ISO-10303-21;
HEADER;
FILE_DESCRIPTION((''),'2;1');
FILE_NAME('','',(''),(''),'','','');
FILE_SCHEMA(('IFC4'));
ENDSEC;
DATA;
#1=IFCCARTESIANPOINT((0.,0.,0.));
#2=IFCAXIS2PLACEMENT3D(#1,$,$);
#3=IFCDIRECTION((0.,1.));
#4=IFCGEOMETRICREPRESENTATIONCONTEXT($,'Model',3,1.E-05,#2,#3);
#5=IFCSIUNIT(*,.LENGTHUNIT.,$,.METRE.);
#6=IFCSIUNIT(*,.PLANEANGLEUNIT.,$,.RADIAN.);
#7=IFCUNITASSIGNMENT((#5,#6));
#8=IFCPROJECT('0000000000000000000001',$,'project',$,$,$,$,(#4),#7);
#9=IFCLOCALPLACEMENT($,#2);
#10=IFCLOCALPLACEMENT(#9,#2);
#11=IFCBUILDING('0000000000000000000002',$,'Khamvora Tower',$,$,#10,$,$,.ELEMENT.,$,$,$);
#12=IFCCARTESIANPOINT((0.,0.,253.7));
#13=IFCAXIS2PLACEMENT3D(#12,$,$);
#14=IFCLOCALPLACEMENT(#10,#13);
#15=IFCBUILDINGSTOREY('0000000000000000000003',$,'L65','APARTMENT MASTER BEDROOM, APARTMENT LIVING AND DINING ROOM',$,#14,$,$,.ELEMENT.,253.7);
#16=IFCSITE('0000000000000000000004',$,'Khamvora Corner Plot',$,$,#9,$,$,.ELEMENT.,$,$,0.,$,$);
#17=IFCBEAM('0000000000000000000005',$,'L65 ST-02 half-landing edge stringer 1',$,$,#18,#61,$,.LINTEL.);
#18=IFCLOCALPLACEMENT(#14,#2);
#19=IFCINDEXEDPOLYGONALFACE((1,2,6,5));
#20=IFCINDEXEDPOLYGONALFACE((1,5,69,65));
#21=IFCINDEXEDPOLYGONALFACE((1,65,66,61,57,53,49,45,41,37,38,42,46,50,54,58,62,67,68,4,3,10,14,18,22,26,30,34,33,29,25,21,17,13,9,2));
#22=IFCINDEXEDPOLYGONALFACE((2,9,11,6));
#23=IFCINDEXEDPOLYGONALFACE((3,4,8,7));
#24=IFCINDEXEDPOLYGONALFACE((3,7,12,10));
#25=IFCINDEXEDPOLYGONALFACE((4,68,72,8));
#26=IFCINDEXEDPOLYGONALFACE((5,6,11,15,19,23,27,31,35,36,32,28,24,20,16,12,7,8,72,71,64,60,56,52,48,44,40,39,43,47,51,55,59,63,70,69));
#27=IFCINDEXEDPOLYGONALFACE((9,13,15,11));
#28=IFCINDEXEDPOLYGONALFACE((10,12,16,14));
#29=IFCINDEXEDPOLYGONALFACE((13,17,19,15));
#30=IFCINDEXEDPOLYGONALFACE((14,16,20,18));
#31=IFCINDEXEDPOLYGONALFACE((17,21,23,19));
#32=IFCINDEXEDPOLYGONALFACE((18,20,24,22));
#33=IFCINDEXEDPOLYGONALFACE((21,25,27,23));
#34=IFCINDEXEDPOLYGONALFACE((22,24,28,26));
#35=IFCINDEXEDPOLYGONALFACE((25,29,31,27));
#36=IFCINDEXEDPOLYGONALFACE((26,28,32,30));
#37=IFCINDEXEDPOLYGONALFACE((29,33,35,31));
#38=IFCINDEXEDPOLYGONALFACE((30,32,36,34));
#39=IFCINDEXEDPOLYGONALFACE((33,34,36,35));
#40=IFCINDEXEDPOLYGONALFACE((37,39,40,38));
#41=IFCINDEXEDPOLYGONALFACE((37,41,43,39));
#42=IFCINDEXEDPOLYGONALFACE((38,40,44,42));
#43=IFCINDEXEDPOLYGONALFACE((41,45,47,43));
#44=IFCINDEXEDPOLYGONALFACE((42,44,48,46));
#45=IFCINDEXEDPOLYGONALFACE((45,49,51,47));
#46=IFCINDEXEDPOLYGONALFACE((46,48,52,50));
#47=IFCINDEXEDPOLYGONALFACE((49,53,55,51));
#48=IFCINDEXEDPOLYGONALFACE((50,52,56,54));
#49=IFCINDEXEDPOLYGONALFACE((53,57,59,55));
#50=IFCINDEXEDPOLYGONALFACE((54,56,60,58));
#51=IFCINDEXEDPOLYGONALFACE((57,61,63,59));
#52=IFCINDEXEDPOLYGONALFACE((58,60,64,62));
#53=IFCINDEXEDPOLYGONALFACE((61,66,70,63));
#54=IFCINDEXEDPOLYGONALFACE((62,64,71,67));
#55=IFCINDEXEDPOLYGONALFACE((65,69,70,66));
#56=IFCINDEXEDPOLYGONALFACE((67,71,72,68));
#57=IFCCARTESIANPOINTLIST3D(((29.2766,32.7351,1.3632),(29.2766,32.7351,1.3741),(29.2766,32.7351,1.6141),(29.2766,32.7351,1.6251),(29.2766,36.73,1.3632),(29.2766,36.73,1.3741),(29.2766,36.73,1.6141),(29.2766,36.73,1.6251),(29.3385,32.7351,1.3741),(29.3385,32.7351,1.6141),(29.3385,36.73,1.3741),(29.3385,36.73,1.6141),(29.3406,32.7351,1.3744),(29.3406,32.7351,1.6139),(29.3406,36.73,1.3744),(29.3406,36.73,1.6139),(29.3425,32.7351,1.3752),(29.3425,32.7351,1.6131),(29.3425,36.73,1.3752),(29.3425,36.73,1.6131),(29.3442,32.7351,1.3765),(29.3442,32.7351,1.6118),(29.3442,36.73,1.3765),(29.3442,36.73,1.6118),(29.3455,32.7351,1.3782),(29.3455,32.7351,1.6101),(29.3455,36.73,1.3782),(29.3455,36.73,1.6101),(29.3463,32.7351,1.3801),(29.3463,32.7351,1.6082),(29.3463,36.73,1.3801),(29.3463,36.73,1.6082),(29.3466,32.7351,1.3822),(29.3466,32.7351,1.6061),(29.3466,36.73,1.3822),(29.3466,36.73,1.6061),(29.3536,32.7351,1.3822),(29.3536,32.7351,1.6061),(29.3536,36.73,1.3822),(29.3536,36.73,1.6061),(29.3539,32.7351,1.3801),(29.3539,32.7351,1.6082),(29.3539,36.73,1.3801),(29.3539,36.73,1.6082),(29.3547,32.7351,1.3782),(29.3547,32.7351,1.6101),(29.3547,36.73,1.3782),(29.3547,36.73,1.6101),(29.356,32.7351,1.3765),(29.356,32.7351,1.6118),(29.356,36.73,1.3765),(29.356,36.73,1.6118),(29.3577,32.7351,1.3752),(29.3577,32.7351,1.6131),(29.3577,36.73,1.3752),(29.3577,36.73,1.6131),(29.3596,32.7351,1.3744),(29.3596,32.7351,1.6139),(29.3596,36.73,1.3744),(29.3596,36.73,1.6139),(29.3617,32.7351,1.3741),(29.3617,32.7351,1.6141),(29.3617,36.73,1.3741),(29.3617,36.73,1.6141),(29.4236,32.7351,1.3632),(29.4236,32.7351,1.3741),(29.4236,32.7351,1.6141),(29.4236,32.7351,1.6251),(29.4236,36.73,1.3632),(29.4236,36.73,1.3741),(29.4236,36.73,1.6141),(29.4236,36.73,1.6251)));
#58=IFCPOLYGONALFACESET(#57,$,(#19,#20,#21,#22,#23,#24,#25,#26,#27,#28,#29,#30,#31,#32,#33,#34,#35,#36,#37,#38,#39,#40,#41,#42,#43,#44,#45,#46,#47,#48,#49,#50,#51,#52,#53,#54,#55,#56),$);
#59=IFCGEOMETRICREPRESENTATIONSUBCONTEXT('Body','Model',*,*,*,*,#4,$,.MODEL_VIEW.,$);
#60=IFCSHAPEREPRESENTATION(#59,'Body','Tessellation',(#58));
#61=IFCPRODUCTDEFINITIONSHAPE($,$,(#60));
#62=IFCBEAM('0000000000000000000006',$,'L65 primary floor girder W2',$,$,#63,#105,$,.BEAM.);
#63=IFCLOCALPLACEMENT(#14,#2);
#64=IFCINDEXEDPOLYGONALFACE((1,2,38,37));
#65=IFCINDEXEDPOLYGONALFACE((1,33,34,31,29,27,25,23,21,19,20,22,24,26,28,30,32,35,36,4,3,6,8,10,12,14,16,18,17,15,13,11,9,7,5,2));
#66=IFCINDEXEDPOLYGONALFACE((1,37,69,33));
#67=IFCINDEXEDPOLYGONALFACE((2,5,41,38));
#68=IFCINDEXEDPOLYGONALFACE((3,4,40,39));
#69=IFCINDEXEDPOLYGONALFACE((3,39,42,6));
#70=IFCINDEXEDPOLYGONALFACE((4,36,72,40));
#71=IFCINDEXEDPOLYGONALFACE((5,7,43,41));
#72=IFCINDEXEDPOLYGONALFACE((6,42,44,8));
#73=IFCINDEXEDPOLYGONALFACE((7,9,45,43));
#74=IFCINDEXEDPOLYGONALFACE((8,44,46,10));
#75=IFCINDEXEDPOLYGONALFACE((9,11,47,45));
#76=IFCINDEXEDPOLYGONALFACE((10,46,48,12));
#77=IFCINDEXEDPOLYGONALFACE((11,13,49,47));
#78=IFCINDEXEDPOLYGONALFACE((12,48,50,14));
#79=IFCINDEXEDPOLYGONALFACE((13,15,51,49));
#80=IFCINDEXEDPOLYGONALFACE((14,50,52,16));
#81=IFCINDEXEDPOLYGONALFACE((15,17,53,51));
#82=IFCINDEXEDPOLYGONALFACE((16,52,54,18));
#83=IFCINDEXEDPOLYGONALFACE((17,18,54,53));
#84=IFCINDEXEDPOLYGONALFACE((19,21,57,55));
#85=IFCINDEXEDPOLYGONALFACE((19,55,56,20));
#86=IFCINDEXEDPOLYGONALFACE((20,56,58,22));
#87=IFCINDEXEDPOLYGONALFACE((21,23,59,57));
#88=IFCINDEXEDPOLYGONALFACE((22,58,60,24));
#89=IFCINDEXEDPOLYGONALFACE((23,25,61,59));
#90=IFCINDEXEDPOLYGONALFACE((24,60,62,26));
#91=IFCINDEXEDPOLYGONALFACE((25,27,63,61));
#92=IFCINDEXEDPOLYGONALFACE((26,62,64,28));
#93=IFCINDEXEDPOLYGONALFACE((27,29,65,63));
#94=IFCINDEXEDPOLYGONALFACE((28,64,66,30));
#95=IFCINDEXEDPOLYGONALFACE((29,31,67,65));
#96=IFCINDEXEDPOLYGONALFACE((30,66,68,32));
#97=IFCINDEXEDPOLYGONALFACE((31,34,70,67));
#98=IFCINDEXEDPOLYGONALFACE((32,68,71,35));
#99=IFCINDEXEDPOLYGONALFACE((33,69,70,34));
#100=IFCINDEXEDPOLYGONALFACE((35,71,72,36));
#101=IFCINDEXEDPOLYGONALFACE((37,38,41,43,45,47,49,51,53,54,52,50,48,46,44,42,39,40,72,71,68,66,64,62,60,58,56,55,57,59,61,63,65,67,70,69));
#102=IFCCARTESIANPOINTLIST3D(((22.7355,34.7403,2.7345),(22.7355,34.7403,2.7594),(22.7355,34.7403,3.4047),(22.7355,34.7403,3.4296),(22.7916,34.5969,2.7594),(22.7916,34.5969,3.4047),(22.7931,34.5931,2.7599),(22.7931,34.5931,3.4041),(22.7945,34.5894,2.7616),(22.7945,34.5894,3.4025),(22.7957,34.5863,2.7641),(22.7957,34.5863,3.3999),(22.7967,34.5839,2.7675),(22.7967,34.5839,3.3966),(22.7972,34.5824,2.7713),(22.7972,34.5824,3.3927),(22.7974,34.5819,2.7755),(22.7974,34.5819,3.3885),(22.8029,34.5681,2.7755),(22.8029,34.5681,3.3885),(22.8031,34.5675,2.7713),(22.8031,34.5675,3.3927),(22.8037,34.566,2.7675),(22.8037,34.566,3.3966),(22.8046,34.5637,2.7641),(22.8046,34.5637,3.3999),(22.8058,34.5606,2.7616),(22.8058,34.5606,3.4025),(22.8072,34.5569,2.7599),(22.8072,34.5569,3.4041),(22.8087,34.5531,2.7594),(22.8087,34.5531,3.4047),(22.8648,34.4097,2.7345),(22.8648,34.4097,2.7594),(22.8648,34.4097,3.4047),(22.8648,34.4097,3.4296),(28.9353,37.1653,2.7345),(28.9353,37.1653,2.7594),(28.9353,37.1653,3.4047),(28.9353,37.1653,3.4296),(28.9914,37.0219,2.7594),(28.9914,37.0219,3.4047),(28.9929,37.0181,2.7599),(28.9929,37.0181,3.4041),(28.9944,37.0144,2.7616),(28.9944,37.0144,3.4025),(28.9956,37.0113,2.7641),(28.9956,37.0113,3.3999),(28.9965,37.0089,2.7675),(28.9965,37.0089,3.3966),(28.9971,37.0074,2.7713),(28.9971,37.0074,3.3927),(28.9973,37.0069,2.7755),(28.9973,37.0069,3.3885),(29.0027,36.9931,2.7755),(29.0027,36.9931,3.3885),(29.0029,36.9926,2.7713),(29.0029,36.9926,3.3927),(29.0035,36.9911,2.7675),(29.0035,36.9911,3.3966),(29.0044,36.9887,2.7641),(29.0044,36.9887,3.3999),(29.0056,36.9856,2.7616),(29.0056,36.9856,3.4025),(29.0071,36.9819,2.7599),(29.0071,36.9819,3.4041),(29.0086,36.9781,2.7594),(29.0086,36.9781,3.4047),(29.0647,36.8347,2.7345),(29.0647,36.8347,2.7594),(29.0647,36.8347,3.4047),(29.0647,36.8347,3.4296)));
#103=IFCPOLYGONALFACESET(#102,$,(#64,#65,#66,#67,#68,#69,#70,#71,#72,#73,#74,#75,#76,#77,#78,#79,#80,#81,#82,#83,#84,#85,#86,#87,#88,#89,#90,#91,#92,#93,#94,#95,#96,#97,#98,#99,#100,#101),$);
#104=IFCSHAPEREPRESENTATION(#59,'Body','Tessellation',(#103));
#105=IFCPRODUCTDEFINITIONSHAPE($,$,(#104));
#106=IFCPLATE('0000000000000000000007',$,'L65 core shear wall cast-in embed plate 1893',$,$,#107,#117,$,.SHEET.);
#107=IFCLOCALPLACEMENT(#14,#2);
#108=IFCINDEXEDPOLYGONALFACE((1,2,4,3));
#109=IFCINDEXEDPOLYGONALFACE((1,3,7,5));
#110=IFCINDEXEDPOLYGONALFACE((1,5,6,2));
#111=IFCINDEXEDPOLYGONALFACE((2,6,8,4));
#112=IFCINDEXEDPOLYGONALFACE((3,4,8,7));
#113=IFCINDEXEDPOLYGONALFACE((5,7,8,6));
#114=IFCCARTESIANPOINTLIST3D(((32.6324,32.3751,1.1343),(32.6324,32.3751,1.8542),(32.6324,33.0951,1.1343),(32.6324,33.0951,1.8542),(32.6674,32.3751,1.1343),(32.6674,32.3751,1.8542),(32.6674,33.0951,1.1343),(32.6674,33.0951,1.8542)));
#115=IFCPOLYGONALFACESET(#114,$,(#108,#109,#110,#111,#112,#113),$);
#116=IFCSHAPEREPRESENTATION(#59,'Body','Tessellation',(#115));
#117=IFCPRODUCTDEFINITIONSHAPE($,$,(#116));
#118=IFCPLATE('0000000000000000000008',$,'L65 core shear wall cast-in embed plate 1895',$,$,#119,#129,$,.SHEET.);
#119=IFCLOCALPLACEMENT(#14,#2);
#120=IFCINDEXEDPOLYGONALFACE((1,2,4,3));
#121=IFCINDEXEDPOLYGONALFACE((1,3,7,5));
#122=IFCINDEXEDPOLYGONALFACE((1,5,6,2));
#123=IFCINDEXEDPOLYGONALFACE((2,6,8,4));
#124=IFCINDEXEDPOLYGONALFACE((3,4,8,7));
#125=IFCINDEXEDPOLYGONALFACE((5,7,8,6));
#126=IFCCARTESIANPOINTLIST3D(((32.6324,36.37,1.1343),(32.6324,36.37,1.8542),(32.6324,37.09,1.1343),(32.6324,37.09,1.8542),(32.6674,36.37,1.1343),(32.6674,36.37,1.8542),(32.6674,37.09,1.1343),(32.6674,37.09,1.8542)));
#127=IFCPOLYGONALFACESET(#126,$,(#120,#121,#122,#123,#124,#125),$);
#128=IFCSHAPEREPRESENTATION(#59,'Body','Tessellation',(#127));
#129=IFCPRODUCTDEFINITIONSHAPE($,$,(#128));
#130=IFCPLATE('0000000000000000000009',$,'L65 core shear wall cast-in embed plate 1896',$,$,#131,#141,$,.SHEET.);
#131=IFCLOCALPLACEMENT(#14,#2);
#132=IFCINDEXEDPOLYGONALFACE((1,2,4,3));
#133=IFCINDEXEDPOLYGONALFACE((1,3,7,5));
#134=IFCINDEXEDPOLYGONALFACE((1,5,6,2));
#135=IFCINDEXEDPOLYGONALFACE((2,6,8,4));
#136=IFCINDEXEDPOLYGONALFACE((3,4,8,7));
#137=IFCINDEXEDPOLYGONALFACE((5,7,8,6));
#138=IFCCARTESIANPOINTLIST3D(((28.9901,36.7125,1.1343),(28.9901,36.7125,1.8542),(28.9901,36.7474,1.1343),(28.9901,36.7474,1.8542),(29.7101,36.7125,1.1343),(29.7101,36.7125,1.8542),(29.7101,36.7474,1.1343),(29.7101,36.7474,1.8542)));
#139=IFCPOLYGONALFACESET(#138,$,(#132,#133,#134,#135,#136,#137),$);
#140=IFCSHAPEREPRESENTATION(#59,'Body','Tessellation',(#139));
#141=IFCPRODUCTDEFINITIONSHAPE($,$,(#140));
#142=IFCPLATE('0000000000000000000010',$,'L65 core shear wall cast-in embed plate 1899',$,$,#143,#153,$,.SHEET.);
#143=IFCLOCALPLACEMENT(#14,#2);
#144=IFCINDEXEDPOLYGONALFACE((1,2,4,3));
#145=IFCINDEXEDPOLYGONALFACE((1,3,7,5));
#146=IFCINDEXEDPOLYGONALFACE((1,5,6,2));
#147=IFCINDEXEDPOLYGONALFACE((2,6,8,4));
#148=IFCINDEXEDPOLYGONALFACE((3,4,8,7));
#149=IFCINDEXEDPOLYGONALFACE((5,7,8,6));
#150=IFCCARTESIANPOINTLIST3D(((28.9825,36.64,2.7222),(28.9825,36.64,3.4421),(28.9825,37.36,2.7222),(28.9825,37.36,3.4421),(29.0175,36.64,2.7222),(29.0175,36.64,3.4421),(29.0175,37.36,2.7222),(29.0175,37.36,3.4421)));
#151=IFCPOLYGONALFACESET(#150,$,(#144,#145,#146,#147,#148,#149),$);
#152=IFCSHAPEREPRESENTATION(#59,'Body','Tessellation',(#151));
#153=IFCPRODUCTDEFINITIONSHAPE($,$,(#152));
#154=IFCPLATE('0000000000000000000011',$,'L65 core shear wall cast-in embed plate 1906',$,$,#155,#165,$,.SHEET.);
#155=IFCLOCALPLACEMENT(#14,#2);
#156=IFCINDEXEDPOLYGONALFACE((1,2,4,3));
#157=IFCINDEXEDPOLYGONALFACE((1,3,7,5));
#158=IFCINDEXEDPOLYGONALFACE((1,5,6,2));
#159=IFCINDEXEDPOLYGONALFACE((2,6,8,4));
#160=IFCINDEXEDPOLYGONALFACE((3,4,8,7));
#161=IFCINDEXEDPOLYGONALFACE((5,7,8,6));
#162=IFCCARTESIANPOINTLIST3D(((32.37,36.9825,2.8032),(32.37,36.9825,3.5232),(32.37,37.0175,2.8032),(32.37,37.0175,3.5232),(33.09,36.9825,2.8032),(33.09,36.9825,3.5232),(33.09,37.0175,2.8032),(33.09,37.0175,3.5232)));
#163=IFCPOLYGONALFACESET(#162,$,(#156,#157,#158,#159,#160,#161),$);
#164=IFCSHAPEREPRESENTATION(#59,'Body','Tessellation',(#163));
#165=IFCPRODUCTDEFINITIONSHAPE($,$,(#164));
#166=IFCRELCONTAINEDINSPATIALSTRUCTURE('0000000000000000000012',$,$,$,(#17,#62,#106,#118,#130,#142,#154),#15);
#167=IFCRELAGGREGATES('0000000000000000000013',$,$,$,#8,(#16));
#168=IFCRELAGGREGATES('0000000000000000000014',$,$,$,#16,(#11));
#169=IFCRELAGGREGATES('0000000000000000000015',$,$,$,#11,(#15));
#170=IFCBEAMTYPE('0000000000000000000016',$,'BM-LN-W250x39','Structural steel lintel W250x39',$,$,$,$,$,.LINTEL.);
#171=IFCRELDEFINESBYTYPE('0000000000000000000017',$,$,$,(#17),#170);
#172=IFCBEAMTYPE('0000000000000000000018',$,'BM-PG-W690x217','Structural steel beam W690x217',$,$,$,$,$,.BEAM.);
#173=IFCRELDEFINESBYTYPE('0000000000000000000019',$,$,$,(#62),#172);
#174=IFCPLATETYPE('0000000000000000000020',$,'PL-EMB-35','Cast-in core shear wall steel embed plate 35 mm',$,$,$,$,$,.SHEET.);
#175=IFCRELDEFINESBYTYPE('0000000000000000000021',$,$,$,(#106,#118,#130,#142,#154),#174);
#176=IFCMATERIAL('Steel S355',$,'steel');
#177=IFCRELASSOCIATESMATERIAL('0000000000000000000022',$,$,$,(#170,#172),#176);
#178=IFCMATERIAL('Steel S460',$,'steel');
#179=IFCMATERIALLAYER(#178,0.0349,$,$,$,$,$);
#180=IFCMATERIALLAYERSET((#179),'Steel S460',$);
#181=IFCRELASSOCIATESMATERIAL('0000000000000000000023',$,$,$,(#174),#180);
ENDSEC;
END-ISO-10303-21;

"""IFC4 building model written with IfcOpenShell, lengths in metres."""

from ifc_helpers import new_model, si_unit, direction, frame, origin, origin_2d, place, context, subcontext, project, spatial, rectangle, i_section, extrude, material, layer, layer_set, material_profile, profile_set, type_object, element, save


model = new_model("IFC4")

# Units and contexts
model_context = context("Model", 3, precision=1e-05, world=origin(), true_north=direction((0.0, 1.0)))
body_context = subcontext(model_context, "Body", "Model", "MODEL_VIEW")
ifc_project = project(units=[si_unit("LENGTHUNIT", "METRE"), si_unit("PLANEANGLEUNIT", "RADIAN")], contexts=[model_context])

# Site, building, storey
site_placement = place(None, origin())
site = spatial("IfcSite", under=ifc_project, at=site_placement, Name="Khamvora Corner Plot", CompositionType="ELEMENT", RefElevation=0.0)
building_placement = place(site_placement, origin())
building = spatial("IfcBuilding", under=site, at=building_placement, Name="Khamvora Tower", CompositionType="ELEMENT")
storey_placement = place(building_placement, frame((0.0, 0.0, 253.7)))
storey = spatial("IfcBuildingStorey", under=building, at=storey_placement, Name="L65", Description="APARTMENT MASTER BEDROOM, APARTMENT LIVING AND DINING ROOM", CompositionType="ELEMENT", Elevation=253.7)

# Beams
ifc_material_1 = material(Name="Steel S355", Category="steel")
ifc_material_profile_1 = material_profile(ifc_material_1, i_section(OverallWidth=0.147, OverallDepth=0.262, WebThickness=0.0071, FlangeThickness=0.011, FilletRadius=0.0081, at=origin_2d()), Name="W250x39")
ifc_profile_set_1 = profile_set([ifc_material_profile_1], Name="Steel S355")
beam_type_1 = type_object("IfcBeamType", Name="BM-LN-W250x39", Description="Structural steel lintel W250x39", PredefinedType="LINTEL", material=ifc_profile_set_1)
beam_1_placement = place(storey_placement, frame((29.3501, 32.7351, 1.4941), z_axis=(0.0, 1.0, 0.0), x_axis=(-1.0, 0.0, 0.0)))
element("IfcBeam", 1, at=beam_1_placement, inside=storey, type_object=beam_type_1, Name="L65 ST-02 half-landing edge stringer 1", PredefinedType="LINTEL", context=body_context, shape_type="SweptSolid", body=[
    extrude(i_section(OverallWidth=0.147, OverallDepth=0.262, WebThickness=0.0071, FlangeThickness=0.011, FilletRadius=0.0081, at=origin_2d()), origin(), (0.0, 0.0, 1.0), 3.9949),
])
ifc_material_profile_2 = material_profile(ifc_material_1, i_section(OverallWidth=0.355, OverallDepth=0.6951, WebThickness=0.0149, FlangeThickness=0.0249, FilletRadius=0.0161, at=origin_2d()), Name="W690x217")
ifc_profile_set_2 = profile_set([ifc_material_profile_2], Name="Steel S355")
beam_type_2 = type_object("IfcBeamType", Name="BM-PG-W690x217", Description="Structural steel beam W690x217", PredefinedType="BEAM", material=ifc_profile_set_2)
beam_2_placement = place(storey_placement, frame((29.0, 37.0, 3.082), z_axis=(-0.931295, -0.364267, 0.0), x_axis=(0.364267, -0.931295, 0.0)))
element("IfcBeam", 2, at=beam_2_placement, inside=storey, type_object=beam_type_2, Name="L65 primary floor girder W2", PredefinedType="BEAM", context=body_context, shape_type="SweptSolid", body=[
    extrude(i_section(OverallWidth=0.355, OverallDepth=0.6951, WebThickness=0.0149, FlangeThickness=0.0249, FilletRadius=0.0161, at=origin_2d()), origin(), (0.0, 0.0, 1.0), 6.6572),
])

# Plates
ifc_material_2 = material(Name="Steel S460", Category="steel")
ifc_layer_1 = layer(ifc_material_2, 0.0349)
ifc_layer_set_1 = layer_set([ifc_layer_1], Name="Steel S460")
plate_type = type_object("IfcPlateType", Name="PL-EMB-35", Description="Cast-in core shear wall steel embed plate 35 mm", PredefinedType="SHEET", material=ifc_layer_set_1)
for number, where, z_axis, x_axis, name in (
    (3, (32.6499, 32.7351, 1.1343), (0.0, 0.0, 1.0), (1.0, 0.0, 0.0), "L65 core shear wall cast-in embed plate 1893"),
    (4, (32.6499, 36.73, 1.1343), (0.0, 0.0, 1.0), (1.0, 0.0, 0.0), "L65 core shear wall cast-in embed plate 1895"),
):
    element("IfcPlate", number, at=place(storey_placement, frame(where, z_axis=z_axis, x_axis=x_axis)), inside=storey, type_object=plate_type, Name=name, PredefinedType="SHEET", context=body_context, shape_type="SweptSolid", body=[
        extrude(rectangle(XDim=0.0349, YDim=0.72, at=origin_2d()), origin(), (0.0, 0.0, 1.0), 0.72),
    ])
plate_1_placement = place(storey_placement, frame((29.3501, 36.73, 1.1343), z_axis=(0.0, 0.0, 1.0), x_axis=(1.0, 0.0, 0.0)))
element("IfcPlate", 5, at=plate_1_placement, inside=storey, type_object=plate_type, Name="L65 core shear wall cast-in embed plate 1896", PredefinedType="SHEET", context=body_context, shape_type="SweptSolid", body=[
    extrude(rectangle(XDim=0.72, YDim=0.0349, at=origin_2d()), origin(), (0.0, 0.0, 1.0), 0.72),
])
plate_2_placement = place(storey_placement, frame((29.0, 37.0, 2.7222), z_axis=(0.0, 0.0, 1.0), x_axis=(1.0, 0.0, 0.0)))
element("IfcPlate", 6, at=plate_2_placement, inside=storey, type_object=plate_type, Name="L65 core shear wall cast-in embed plate 1899", PredefinedType="SHEET", context=body_context, shape_type="SweptSolid", body=[
    extrude(rectangle(XDim=0.0349, YDim=0.72, at=origin_2d()), origin(), (0.0, 0.0, 1.0), 0.72),
])
plate_3_placement = place(storey_placement, frame((32.73, 37.0, 2.8032), z_axis=(0.0, 0.0, 1.0), x_axis=(1.0, 0.0, 0.0)))
element("IfcPlate", 7, at=plate_3_placement, inside=storey, type_object=plate_type, Name="L65 core shear wall cast-in embed plate 1906", PredefinedType="SHEET", context=body_context, shape_type="SweptSolid", body=[
    extrude(rectangle(XDim=0.72, YDim=0.0349, at=origin_2d()), origin(), (0.0, 0.0, 1.0), 0.72),
])

save(model, "model.ifc")
